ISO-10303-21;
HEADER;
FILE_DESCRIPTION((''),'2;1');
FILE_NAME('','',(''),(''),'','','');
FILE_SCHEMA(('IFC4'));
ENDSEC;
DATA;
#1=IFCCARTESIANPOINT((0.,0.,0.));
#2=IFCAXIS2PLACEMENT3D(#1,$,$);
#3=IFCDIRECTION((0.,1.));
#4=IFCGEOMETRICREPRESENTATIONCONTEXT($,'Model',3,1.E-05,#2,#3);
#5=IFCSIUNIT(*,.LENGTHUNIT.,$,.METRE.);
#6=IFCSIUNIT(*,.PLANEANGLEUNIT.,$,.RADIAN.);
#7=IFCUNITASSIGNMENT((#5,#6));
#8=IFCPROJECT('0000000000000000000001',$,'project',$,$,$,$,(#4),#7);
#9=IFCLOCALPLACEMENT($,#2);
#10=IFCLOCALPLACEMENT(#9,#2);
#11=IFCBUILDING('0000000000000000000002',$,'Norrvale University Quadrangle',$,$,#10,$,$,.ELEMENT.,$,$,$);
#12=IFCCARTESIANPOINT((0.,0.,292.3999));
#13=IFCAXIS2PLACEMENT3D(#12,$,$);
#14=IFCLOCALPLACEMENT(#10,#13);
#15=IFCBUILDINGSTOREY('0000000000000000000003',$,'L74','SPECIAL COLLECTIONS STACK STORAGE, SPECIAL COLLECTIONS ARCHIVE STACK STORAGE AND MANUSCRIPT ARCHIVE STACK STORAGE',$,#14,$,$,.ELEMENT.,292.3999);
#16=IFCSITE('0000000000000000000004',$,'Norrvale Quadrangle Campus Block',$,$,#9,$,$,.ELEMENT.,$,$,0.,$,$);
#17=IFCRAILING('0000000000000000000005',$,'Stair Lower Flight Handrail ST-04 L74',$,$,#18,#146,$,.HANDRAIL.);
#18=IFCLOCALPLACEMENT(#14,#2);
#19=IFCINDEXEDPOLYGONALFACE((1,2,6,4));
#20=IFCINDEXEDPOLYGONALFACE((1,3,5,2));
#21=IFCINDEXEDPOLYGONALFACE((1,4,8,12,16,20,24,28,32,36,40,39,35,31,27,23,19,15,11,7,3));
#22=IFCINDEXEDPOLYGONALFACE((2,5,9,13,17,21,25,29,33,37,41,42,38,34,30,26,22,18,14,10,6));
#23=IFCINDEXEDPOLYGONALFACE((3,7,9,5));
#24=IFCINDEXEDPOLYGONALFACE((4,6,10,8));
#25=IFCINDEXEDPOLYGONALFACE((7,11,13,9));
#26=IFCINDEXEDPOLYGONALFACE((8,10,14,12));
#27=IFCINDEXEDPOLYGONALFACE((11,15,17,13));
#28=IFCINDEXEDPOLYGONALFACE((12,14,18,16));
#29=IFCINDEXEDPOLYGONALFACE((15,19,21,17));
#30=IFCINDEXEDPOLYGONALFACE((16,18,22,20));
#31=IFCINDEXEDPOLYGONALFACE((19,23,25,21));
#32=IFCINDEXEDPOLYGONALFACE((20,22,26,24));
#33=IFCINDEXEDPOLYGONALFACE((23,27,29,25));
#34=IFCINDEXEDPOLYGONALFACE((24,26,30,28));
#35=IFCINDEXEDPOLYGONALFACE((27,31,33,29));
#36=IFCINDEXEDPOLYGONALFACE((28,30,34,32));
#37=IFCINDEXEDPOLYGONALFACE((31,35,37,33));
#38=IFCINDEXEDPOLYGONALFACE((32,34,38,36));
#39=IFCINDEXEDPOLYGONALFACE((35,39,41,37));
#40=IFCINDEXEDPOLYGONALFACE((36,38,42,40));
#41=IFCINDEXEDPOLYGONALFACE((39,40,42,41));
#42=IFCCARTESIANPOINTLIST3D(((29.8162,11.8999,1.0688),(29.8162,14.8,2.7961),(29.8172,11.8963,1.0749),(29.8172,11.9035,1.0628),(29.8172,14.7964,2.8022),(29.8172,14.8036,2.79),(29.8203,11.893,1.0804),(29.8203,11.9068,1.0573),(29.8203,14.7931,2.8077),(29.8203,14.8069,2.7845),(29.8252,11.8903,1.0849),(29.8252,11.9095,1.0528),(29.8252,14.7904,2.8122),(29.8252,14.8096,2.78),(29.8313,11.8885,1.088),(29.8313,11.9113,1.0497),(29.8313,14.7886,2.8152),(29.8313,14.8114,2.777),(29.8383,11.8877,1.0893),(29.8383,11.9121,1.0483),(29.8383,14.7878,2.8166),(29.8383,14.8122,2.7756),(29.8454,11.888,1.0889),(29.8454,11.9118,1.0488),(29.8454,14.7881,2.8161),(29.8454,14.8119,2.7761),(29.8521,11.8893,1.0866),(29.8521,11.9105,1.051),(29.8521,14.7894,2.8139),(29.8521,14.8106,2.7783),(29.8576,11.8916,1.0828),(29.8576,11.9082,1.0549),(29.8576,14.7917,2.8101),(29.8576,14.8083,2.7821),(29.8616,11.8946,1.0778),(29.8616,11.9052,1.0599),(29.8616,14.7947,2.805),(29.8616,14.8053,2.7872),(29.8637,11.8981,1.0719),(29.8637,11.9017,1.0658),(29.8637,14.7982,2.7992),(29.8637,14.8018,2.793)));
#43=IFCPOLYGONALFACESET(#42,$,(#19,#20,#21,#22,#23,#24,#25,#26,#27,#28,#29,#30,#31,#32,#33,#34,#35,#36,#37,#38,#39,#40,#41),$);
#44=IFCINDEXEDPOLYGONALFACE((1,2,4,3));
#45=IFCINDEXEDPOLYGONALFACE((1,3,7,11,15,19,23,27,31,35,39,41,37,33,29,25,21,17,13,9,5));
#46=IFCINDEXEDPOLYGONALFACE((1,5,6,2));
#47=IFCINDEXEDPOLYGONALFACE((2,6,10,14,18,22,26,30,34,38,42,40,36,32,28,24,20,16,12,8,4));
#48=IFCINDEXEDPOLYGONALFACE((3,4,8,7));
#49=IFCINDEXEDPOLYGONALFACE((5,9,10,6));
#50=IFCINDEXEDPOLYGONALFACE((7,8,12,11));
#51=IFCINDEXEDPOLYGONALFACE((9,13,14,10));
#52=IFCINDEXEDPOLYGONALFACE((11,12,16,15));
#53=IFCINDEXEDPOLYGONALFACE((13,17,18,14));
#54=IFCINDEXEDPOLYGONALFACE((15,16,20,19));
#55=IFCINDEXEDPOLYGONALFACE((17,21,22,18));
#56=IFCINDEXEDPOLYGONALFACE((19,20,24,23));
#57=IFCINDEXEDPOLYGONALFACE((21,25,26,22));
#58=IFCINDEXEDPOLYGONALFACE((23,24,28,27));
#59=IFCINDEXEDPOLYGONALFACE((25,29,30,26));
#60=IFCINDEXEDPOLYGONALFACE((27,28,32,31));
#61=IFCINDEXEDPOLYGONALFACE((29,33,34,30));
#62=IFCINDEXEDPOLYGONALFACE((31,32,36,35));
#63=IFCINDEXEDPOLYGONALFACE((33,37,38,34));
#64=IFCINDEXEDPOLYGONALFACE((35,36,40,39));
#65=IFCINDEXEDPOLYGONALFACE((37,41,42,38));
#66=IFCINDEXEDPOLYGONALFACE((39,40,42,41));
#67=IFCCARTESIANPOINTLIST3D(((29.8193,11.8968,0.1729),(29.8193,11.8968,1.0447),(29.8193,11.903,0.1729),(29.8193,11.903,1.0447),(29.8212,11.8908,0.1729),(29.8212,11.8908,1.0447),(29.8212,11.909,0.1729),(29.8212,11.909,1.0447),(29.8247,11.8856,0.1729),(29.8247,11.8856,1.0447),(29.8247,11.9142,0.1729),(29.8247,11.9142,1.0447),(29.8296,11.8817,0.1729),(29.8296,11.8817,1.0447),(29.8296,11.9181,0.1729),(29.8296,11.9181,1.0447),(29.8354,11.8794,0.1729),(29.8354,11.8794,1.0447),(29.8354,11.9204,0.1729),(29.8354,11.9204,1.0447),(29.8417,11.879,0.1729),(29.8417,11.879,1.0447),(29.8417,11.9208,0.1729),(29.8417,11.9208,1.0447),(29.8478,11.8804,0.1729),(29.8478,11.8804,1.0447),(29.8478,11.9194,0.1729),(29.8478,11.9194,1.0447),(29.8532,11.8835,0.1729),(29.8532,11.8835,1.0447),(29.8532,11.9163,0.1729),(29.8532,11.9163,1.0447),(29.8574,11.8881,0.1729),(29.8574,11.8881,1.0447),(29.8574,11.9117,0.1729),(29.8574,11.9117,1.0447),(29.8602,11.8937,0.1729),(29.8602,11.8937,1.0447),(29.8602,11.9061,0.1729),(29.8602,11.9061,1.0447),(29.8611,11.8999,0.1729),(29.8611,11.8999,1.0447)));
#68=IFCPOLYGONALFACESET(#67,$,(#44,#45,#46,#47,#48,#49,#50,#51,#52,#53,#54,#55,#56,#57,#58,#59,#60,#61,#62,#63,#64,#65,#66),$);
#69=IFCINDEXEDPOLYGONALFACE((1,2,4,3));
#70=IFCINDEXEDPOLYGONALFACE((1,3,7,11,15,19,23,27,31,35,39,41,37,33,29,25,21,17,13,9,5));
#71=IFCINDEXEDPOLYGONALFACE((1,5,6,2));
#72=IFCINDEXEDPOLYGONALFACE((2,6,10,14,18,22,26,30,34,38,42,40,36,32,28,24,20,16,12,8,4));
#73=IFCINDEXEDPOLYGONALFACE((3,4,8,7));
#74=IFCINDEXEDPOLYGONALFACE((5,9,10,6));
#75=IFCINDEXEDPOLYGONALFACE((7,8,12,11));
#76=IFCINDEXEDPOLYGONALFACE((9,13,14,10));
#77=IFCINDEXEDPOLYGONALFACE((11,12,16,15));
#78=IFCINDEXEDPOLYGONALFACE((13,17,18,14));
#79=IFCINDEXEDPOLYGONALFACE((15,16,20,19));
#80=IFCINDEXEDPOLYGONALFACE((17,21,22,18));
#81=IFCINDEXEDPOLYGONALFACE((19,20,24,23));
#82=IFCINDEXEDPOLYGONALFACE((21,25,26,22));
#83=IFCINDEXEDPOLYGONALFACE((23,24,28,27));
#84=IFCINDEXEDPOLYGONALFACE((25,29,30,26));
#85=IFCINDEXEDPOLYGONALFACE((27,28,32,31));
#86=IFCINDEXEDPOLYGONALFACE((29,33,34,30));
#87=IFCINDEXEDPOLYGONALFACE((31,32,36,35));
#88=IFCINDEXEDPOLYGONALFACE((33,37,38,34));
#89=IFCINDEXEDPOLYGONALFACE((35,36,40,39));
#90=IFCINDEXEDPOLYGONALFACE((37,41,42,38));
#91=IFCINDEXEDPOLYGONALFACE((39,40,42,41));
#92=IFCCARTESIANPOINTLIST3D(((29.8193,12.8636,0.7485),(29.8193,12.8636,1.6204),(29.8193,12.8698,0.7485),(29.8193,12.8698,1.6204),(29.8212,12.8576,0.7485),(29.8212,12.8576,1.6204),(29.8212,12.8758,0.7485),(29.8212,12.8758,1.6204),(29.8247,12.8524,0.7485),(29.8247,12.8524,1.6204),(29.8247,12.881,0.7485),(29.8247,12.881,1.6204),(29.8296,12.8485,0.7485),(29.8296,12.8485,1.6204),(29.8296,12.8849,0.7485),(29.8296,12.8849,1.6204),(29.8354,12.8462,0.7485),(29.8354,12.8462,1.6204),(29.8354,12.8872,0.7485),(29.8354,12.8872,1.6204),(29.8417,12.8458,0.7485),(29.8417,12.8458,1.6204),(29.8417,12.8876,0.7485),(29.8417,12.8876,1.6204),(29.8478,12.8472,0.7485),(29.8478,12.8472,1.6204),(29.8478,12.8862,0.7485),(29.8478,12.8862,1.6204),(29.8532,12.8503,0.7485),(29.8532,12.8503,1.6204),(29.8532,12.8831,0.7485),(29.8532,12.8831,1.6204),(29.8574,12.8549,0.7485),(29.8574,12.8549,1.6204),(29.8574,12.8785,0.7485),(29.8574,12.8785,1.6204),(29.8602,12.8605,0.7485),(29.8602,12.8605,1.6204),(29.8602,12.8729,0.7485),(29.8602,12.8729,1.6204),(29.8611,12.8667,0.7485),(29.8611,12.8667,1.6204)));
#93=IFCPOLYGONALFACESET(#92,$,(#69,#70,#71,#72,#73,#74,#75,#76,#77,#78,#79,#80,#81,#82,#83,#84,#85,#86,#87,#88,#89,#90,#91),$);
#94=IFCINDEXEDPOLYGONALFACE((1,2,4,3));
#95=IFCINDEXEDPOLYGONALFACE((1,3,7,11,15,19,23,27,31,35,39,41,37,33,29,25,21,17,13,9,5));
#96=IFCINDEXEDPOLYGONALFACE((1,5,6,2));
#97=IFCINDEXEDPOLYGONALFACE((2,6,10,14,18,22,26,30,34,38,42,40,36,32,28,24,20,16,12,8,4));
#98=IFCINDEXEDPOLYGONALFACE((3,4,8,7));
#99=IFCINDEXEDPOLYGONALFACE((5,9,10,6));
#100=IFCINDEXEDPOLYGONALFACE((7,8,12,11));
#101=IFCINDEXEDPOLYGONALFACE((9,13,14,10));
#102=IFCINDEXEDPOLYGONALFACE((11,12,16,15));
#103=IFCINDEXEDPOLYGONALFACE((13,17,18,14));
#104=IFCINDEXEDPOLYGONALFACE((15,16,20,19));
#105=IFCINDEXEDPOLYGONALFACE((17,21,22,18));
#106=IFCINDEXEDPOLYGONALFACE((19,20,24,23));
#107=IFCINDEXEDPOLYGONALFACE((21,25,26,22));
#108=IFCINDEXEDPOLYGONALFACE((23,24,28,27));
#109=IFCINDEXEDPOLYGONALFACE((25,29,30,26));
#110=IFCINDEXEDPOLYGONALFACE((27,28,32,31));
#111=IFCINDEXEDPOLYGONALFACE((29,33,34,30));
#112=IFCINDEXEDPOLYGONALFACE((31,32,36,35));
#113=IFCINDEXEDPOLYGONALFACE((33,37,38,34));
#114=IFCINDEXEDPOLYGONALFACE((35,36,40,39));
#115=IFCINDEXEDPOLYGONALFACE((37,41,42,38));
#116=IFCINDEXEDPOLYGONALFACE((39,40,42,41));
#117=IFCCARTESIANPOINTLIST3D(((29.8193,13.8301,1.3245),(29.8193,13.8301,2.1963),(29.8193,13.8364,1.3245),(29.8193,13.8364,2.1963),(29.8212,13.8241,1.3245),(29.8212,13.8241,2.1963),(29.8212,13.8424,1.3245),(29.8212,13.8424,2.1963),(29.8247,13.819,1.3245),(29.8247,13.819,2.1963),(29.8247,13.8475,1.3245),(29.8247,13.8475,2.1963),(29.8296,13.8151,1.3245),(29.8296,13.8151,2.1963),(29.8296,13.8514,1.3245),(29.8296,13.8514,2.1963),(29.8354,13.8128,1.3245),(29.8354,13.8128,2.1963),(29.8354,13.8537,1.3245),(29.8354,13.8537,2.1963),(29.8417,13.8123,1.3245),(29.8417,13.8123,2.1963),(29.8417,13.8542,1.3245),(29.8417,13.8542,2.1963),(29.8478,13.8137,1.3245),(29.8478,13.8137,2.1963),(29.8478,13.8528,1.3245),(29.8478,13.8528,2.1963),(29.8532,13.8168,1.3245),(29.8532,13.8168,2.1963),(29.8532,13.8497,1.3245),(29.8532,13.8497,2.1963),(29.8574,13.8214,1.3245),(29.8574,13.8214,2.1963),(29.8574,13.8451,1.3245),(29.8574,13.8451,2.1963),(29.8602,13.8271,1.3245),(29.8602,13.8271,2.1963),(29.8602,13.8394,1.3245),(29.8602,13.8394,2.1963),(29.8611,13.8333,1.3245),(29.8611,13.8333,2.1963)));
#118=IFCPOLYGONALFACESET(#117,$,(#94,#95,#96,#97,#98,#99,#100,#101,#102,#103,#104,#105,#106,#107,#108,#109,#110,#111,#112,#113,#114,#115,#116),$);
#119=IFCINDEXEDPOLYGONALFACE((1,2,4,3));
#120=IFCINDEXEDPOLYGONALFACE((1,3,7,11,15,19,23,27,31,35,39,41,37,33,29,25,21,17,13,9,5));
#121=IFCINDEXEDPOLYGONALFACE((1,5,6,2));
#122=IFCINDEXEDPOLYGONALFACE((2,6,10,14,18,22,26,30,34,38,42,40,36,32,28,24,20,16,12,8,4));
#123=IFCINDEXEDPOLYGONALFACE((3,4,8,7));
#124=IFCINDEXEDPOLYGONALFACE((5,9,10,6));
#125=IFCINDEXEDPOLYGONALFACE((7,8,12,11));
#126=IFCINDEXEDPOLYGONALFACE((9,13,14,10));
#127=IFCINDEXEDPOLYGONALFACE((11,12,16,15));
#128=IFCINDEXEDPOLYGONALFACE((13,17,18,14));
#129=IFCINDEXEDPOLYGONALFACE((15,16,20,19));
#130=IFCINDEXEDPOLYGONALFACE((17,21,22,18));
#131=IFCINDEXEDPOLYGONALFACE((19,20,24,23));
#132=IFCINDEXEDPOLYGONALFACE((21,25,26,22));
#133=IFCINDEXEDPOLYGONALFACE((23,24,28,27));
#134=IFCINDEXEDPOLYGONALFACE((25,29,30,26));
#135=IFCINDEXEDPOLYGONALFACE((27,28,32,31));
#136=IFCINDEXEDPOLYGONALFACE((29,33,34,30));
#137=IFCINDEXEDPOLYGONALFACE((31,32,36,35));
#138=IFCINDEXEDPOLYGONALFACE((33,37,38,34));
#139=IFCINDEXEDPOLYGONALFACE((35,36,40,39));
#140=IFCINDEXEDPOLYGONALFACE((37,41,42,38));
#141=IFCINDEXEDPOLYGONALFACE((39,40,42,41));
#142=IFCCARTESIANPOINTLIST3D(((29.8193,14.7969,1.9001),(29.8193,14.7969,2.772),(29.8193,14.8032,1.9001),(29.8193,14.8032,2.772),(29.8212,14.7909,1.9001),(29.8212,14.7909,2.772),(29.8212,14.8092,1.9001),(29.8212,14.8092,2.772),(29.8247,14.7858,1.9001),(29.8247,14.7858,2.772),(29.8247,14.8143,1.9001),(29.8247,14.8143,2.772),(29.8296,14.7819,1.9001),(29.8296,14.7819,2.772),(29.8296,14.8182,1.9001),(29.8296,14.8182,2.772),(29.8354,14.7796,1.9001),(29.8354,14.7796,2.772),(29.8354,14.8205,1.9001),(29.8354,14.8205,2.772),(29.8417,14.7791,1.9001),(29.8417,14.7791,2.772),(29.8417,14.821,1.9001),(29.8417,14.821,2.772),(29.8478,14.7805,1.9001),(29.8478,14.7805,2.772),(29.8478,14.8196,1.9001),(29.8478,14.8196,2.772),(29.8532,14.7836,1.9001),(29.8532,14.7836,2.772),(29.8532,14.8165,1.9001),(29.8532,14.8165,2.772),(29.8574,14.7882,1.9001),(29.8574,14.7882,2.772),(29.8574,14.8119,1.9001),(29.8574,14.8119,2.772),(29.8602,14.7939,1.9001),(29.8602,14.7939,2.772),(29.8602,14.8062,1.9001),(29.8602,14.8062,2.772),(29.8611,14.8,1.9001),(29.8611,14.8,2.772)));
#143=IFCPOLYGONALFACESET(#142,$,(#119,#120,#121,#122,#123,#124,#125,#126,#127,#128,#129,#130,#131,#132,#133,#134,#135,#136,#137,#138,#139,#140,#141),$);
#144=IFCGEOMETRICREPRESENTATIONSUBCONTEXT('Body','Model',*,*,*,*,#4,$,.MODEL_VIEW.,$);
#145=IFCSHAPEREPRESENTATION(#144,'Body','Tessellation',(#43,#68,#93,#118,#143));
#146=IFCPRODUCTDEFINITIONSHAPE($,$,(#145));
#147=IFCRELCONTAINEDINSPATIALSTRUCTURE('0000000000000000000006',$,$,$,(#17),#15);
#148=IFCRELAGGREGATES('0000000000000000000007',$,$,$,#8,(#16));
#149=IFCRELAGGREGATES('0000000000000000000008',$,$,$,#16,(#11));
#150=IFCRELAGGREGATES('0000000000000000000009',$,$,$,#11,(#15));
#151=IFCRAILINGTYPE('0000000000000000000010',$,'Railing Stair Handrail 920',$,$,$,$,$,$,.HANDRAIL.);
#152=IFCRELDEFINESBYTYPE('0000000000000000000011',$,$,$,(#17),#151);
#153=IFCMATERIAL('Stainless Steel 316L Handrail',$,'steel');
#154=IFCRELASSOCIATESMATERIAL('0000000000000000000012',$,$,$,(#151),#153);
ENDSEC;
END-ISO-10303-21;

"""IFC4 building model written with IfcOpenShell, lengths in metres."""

from ifc_helpers import new_model, si_unit, direction, frame, origin, origin_2d, place, context, subcontext, project, spatial, circle, extrude, material, type_object, element, save


model = new_model("IFC4")

# Units and contexts
model_context = context("Model", 3, precision=1e-05, world=origin(), true_north=direction((0.0, 1.0)))
body_context = subcontext(model_context, "Body", "Model", "MODEL_VIEW")
ifc_project = project(units=[si_unit("LENGTHUNIT", "METRE"), si_unit("PLANEANGLEUNIT", "RADIAN")], contexts=[model_context])

# Site, building, storey
site_placement = place(None, origin())
site = spatial("IfcSite", under=ifc_project, at=site_placement, Name="Norrvale Quadrangle Campus Block", CompositionType="ELEMENT", RefElevation=0.0)
building_placement = place(site_placement, origin())
building = spatial("IfcBuilding", under=site, at=building_placement, Name="Norrvale University Quadrangle", CompositionType="ELEMENT")
storey_placement = place(building_placement, frame((0.0, 0.0, 292.3999)))
storey = spatial("IfcBuildingStorey", under=building, at=storey_placement, Name="L74", Description="SPECIAL COLLECTIONS STACK STORAGE, SPECIAL COLLECTIONS ARCHIVE STACK STORAGE AND MANUSCRIPT ARCHIVE STACK STORAGE", CompositionType="ELEMENT", Elevation=292.3999)

# Railing
ifc_material_1 = material(Name="Stainless Steel 316L Handrail", Category="steel")
railing_type_1 = type_object("IfcRailingType", Name="Railing Stair Handrail 920", PredefinedType="HANDRAIL", material=ifc_material_1)
railing_1_placement = place(storey_placement, frame((29.8401, 11.8999, 0.1729)))
element("IfcRailing", 1, at=railing_1_placement, inside=storey, type_object=railing_type_1, Name="Stair Lower Flight Handrail ST-04 L74", PredefinedType="HANDRAIL", context=body_context, shape_type="SweptSolid", body=[
    extrude(circle(Radius=0.0239, at=origin_2d()), frame((0.0, 0.0, 0.896), z_axis=(0.0, 0.85916, 0.511706), x_axis=(-1.0, 0.0, 0.0)), (0.0, 0.0, 1.0), 3.3755),
    extrude(circle(Radius=0.021, at=origin_2d()), origin(), (0.0, 0.0, 1.0), 0.8718),
    extrude(circle(Radius=0.021, at=origin_2d()), frame((0.0, 0.9668, 0.5757)), (0.0, 0.0, 1.0), 0.8718),
    extrude(circle(Radius=0.021, at=origin_2d()), frame((0.0, 1.9333, 1.1516)), (0.0, 0.0, 1.0), 0.8718),
    extrude(circle(Radius=0.021, at=origin_2d()), frame((0.0, 2.9001, 1.7273)), (0.0, 0.0, 1.0), 0.8718),
])

save(model, "model.ifc")
